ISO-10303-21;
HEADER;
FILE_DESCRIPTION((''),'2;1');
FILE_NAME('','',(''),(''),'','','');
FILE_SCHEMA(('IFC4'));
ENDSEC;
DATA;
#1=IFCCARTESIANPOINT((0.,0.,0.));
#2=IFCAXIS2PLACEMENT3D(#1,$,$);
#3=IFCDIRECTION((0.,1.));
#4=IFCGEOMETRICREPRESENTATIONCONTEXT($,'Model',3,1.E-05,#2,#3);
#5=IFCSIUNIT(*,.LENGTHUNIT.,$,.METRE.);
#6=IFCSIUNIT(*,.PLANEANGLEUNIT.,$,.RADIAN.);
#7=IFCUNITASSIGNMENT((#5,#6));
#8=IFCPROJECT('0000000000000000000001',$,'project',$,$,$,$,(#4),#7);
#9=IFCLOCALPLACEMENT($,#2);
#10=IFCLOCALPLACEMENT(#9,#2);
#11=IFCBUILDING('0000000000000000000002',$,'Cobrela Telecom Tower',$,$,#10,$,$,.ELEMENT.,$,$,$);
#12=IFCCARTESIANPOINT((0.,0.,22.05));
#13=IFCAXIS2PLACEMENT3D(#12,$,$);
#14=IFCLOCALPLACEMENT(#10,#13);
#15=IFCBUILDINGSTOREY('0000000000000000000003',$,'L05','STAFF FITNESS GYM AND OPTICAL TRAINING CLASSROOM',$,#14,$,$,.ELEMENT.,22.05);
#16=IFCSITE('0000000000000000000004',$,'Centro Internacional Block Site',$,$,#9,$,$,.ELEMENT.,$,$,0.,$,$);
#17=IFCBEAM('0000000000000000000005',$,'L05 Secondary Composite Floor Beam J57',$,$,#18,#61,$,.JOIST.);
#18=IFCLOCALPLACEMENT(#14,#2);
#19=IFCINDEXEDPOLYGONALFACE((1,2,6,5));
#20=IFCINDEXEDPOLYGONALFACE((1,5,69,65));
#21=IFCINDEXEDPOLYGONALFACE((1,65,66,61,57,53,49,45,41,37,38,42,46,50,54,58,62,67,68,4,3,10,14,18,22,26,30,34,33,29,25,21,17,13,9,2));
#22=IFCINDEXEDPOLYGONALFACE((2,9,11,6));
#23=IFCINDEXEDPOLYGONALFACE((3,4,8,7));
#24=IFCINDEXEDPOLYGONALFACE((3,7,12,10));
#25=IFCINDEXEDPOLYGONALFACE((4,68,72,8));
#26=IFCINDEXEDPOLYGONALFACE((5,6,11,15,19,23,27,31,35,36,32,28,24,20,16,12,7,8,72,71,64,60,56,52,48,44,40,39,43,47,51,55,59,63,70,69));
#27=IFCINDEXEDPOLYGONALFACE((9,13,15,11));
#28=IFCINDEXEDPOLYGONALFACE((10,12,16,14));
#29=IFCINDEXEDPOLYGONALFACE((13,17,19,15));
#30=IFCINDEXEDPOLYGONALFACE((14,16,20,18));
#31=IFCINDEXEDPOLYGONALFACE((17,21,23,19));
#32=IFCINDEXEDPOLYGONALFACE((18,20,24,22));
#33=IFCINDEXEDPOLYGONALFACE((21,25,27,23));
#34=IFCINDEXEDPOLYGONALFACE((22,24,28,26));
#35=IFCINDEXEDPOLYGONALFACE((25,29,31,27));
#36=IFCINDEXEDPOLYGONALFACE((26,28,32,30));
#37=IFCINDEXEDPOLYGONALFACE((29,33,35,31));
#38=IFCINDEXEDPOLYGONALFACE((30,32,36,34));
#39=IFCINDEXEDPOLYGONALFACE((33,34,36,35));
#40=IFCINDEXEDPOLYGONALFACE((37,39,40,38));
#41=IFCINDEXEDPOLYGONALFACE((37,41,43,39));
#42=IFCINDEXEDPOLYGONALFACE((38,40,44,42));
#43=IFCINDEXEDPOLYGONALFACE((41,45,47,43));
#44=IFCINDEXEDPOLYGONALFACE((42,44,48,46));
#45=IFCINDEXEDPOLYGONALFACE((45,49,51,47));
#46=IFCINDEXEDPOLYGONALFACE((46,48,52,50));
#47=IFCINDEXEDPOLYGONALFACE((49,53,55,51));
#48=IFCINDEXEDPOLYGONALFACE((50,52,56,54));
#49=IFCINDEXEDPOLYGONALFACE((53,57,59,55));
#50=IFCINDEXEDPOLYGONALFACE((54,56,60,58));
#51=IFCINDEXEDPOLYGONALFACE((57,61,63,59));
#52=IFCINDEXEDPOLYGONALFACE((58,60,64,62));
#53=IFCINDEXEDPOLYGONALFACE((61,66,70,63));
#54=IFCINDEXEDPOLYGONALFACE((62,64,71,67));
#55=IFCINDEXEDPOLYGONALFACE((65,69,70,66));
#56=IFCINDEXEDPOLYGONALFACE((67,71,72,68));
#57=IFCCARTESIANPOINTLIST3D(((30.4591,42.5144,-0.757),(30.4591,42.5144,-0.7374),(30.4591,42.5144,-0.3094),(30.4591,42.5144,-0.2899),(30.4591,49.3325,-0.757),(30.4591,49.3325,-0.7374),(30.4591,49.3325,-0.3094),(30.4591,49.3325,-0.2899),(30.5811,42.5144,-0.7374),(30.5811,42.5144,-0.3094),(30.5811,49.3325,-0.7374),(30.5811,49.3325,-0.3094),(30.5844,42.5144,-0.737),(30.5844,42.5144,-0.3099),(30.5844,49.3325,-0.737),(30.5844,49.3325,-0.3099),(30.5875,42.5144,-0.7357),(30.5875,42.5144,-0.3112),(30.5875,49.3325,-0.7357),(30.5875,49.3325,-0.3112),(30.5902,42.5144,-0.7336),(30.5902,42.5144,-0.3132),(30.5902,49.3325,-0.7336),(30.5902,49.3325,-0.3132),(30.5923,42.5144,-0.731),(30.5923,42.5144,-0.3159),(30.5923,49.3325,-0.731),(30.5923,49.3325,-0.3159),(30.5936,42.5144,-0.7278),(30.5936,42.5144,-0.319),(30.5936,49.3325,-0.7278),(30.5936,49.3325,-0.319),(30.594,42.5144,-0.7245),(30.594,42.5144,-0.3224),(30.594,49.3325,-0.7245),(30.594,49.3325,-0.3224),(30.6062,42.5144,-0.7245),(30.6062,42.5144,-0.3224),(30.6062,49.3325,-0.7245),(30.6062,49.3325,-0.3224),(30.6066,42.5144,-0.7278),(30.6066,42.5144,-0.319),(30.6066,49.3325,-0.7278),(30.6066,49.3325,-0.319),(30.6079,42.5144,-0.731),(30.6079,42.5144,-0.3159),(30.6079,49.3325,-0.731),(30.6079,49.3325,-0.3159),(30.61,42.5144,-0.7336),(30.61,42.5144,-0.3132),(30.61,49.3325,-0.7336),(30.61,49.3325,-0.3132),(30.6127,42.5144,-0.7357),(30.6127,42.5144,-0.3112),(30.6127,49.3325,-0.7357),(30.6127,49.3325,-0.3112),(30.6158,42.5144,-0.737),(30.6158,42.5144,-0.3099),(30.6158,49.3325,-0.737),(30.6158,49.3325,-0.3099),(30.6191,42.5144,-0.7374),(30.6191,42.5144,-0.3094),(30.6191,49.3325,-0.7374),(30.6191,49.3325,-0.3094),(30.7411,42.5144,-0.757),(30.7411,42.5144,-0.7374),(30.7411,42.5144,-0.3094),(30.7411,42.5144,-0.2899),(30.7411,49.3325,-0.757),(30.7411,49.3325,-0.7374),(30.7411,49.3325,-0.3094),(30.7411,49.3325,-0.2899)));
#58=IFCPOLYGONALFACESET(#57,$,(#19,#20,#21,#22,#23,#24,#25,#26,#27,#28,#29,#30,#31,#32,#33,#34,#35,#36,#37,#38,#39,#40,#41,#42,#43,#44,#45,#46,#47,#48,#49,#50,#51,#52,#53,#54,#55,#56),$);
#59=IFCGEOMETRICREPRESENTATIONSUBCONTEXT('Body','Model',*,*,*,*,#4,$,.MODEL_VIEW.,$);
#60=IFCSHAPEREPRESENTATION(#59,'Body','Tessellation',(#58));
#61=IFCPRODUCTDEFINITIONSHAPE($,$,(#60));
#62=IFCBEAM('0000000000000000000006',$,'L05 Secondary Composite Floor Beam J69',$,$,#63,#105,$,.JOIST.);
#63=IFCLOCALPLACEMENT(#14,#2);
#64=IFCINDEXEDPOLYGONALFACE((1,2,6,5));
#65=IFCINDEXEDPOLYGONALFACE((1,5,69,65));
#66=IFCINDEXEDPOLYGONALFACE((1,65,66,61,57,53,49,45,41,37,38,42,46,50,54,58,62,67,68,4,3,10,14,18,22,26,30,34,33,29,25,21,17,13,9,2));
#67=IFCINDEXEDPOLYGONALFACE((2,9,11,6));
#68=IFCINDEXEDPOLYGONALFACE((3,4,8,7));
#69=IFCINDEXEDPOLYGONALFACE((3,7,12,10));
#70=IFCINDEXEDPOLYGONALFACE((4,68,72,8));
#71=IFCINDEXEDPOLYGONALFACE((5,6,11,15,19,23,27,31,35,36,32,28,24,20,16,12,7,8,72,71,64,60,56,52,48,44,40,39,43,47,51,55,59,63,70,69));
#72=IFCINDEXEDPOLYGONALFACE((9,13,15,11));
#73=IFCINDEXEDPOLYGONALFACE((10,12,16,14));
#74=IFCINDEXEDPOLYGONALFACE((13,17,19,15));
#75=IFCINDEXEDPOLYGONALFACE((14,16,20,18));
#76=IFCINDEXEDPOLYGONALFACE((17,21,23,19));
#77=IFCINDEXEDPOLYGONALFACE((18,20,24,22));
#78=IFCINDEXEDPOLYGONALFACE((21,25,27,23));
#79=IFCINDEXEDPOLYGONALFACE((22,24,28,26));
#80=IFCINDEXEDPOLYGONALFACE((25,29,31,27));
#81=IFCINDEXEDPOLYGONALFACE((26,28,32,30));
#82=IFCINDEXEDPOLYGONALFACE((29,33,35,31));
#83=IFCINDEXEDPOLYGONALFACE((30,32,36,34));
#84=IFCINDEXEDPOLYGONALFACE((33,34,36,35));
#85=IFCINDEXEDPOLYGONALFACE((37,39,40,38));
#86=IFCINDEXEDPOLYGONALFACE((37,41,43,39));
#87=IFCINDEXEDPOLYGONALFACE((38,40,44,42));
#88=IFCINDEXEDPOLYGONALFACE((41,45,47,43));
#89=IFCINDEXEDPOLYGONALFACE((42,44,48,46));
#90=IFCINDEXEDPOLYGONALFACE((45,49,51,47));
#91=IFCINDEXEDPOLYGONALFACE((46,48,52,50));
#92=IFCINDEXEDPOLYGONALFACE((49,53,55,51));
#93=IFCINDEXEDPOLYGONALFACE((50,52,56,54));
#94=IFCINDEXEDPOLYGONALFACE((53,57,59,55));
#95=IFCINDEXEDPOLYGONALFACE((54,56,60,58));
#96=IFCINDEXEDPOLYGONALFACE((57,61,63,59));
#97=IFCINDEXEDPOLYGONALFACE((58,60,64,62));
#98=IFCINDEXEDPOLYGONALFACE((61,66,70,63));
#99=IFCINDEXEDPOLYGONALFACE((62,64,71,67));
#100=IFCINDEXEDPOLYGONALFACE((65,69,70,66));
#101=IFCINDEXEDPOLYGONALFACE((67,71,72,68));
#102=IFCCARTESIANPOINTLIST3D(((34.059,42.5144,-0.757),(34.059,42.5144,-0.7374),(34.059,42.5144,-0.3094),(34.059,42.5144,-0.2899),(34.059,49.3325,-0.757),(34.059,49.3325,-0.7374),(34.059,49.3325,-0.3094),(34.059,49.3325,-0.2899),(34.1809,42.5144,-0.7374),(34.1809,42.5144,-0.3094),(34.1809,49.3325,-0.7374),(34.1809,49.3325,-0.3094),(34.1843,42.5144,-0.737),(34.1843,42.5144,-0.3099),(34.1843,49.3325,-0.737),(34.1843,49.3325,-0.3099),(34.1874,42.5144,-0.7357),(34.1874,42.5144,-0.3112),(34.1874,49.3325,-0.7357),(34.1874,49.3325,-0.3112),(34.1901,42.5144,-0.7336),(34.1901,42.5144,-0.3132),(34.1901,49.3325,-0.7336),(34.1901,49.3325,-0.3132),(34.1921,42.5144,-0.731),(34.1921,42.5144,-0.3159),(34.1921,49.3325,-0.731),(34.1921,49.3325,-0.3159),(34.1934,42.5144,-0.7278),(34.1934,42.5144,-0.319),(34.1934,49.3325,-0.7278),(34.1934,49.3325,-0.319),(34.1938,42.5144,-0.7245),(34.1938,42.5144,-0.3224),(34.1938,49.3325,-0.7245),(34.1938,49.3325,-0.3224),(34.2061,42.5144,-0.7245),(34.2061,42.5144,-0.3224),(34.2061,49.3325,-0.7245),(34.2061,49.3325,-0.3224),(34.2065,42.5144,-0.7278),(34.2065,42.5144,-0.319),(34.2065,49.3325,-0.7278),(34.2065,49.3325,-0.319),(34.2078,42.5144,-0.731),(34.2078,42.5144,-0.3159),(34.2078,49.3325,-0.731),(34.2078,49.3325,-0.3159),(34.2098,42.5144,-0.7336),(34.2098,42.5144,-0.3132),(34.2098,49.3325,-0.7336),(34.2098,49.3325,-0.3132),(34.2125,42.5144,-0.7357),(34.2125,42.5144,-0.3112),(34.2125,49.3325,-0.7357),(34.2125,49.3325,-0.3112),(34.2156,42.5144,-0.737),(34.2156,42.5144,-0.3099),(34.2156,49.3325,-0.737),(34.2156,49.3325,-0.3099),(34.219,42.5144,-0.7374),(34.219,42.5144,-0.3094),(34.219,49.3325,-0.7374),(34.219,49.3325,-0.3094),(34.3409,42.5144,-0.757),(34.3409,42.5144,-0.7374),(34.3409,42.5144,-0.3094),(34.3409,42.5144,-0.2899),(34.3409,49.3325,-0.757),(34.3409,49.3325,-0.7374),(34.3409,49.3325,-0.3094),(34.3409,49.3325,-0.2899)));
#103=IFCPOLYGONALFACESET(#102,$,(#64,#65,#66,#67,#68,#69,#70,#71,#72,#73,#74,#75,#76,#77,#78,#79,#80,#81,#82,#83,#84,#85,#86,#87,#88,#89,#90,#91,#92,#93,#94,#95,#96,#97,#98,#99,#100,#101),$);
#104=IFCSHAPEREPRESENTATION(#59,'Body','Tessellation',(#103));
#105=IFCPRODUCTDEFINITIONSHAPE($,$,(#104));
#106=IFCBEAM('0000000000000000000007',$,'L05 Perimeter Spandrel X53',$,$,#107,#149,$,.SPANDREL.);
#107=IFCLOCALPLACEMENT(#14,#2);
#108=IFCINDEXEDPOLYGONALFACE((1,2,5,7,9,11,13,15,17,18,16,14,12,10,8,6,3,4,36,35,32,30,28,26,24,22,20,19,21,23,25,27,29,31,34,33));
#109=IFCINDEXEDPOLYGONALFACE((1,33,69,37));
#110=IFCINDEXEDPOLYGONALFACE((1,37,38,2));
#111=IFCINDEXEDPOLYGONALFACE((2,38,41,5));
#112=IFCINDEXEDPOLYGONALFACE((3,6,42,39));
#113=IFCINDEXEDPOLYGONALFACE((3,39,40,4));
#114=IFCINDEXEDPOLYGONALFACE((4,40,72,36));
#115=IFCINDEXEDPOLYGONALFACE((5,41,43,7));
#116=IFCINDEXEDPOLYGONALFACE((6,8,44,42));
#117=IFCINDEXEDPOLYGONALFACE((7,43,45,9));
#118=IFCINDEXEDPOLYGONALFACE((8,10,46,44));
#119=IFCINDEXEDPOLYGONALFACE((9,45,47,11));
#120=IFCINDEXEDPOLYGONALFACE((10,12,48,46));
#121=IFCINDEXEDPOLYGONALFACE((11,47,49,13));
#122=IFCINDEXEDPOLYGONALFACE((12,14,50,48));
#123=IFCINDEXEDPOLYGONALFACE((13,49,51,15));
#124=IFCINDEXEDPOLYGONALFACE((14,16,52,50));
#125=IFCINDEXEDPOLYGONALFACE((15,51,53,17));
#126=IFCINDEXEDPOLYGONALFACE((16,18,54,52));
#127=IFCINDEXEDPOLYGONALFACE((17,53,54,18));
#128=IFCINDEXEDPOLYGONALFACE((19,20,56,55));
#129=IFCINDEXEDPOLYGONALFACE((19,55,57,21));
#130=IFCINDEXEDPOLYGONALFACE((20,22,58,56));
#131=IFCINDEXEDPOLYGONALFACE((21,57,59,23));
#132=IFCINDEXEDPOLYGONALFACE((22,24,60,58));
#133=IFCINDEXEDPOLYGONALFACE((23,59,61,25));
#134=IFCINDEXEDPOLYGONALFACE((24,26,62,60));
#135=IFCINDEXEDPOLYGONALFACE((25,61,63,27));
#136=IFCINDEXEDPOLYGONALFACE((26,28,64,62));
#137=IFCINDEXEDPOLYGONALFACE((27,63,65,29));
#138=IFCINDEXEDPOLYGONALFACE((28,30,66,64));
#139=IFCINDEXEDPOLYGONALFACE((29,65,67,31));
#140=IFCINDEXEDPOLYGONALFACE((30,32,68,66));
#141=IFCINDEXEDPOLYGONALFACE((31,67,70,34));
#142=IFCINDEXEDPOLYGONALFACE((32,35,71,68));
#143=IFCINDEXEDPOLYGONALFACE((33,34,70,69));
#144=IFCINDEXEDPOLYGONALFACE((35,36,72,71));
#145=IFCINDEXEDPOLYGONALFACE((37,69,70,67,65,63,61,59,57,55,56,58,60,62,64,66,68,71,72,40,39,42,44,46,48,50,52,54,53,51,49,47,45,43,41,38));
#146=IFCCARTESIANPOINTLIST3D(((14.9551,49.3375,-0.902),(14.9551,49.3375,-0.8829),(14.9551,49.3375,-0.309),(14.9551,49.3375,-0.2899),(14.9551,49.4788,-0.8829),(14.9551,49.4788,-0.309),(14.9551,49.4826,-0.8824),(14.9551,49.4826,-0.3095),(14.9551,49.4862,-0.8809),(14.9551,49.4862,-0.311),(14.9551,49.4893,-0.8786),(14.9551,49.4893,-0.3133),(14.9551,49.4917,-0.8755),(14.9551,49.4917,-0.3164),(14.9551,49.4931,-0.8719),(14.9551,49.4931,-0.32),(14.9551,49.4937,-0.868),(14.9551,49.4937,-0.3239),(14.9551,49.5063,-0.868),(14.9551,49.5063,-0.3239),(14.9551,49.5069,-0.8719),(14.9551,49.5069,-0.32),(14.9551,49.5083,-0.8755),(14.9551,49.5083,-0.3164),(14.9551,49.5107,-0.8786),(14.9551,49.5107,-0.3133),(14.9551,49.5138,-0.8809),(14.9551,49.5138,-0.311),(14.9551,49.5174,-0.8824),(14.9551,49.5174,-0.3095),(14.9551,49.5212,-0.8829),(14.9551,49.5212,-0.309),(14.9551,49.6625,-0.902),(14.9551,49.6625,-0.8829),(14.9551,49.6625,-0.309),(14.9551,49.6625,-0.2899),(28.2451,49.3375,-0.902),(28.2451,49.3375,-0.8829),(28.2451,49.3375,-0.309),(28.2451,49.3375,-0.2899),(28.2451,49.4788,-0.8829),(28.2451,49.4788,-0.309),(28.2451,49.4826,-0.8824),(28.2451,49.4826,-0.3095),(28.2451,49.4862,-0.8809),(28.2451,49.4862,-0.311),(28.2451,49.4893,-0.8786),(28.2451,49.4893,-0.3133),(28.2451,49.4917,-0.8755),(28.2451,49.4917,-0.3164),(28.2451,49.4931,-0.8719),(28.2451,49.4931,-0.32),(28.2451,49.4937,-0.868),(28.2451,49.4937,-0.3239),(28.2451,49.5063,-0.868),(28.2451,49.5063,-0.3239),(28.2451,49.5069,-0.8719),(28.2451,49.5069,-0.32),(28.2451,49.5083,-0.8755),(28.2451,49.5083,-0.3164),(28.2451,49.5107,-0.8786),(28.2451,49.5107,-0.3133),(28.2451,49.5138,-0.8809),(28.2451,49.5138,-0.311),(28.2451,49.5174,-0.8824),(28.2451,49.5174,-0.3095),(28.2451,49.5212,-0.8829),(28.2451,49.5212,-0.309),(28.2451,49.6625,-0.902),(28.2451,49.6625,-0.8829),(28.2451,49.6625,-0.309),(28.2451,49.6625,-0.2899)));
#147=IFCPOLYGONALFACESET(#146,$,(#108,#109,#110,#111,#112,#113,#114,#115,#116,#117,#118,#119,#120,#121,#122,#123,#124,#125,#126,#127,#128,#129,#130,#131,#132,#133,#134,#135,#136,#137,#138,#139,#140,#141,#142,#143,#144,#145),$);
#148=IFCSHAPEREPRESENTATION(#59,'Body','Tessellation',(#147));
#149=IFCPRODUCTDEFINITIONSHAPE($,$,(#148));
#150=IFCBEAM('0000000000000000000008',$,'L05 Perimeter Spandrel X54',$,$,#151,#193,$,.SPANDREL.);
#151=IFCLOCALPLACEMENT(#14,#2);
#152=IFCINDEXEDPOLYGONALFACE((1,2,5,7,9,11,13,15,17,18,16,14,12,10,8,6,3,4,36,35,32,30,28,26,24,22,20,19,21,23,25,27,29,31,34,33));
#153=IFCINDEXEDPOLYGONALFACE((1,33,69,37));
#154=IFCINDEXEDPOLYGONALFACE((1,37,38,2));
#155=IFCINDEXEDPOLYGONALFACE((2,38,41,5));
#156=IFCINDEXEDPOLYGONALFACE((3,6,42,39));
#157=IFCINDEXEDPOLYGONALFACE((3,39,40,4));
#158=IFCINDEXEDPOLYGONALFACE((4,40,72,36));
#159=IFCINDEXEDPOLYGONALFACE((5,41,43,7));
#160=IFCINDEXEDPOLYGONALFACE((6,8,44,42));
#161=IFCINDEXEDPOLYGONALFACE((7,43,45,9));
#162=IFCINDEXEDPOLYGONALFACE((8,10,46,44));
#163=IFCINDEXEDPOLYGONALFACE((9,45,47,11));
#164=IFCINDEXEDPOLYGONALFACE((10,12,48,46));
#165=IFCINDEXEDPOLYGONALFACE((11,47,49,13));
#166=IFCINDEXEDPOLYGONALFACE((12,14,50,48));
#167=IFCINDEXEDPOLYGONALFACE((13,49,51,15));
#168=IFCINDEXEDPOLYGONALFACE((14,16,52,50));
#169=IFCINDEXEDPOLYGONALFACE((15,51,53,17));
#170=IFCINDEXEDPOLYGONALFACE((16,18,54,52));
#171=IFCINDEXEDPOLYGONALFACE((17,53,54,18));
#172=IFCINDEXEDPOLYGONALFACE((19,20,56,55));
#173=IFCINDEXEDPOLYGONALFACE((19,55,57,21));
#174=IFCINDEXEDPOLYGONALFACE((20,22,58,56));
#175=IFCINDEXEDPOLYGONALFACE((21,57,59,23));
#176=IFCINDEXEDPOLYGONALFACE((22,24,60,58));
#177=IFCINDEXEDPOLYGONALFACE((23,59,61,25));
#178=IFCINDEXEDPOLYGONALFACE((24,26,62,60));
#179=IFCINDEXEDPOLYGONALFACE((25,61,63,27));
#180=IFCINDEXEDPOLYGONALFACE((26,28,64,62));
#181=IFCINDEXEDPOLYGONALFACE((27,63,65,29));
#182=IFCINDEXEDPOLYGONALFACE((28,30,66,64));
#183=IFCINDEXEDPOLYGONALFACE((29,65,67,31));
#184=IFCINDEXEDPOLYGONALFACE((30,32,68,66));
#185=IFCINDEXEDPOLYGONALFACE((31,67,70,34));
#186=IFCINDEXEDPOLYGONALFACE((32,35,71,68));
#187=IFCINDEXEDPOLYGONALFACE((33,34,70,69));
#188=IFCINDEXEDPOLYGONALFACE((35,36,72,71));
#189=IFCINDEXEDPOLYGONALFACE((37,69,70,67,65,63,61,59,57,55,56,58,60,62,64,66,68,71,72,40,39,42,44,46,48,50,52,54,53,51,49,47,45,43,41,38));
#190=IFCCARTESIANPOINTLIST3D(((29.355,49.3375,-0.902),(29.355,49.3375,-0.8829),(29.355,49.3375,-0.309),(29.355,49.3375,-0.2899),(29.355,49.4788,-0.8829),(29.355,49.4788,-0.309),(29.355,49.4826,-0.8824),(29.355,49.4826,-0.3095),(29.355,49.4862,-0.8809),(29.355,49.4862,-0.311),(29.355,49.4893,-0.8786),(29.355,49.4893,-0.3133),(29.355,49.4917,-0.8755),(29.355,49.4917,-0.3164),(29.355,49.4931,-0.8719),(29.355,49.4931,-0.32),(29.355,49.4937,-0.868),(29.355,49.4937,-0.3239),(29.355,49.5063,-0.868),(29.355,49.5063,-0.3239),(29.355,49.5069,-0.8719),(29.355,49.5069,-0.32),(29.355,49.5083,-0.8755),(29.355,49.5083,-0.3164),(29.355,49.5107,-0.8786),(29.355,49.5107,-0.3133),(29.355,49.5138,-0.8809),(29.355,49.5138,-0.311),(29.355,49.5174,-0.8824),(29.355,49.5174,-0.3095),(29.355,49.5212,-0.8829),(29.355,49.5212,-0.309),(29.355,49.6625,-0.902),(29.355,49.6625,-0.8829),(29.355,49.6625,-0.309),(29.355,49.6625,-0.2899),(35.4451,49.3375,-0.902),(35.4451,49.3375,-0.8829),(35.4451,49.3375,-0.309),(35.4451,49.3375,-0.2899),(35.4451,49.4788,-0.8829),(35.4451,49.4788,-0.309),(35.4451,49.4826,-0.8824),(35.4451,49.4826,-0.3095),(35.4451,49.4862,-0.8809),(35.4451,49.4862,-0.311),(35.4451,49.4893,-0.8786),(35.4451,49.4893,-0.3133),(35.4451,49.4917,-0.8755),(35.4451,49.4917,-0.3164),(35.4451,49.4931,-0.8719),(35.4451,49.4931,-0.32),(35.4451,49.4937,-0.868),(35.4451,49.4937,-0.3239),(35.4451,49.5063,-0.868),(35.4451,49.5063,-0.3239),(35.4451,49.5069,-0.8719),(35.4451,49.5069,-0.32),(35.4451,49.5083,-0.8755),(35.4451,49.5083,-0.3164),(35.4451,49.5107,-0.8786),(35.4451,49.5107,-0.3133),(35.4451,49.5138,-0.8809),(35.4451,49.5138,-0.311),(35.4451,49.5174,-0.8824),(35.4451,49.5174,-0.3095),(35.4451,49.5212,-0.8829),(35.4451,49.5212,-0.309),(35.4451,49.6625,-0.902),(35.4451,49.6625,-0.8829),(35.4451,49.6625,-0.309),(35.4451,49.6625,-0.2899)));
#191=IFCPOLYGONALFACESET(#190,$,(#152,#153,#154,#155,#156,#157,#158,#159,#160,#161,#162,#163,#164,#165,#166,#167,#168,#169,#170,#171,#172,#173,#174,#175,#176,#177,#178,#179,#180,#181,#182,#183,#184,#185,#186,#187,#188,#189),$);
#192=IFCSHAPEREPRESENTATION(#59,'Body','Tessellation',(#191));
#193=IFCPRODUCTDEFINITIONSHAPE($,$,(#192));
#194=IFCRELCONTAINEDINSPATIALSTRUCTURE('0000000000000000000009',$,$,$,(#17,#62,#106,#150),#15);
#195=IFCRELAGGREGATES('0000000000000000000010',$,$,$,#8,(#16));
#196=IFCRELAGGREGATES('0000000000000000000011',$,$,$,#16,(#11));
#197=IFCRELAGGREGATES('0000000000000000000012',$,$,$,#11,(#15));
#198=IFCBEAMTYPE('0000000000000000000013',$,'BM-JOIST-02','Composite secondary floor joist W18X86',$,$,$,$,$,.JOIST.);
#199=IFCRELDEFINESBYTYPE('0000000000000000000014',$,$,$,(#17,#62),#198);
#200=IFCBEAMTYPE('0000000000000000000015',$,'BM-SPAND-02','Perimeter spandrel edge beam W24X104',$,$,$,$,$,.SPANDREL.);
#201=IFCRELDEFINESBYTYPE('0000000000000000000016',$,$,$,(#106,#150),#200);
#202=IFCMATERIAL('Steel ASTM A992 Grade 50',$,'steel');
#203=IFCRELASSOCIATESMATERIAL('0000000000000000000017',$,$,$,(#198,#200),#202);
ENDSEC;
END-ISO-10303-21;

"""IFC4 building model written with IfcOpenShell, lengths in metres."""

from ifc_helpers import new_model, si_unit, direction, frame, origin, origin_2d, place, context, subcontext, project, spatial, i_section, extrude, material, material_profile, profile_set, type_object, element, save


model = new_model("IFC4")

# Units and contexts
model_context = context("Model", 3, precision=1e-05, world=origin(), true_north=direction((0.0, 1.0)))
body_context = subcontext(model_context, "Body", "Model", "MODEL_VIEW")
ifc_project = project(units=[si_unit("LENGTHUNIT", "METRE"), si_unit("PLANEANGLEUNIT", "RADIAN")], contexts=[model_context])

# Site, building, storey
site_placement = place(None, origin())
site = spatial("IfcSite", under=ifc_project, at=site_placement, Name="Centro Internacional Block Site", CompositionType="ELEMENT", RefElevation=0.0)
building_placement = place(site_placement, origin())
building = spatial("IfcBuilding", under=site, at=building_placement, Name="Cobrela Telecom Tower", CompositionType="ELEMENT")
storey_placement = place(building_placement, frame((0.0, 0.0, 22.05)))
storey = spatial("IfcBuildingStorey", under=building, at=storey_placement, Name="L05", Description="STAFF FITNESS GYM AND OPTICAL TRAINING CLASSROOM", CompositionType="ELEMENT", Elevation=22.05)

# Beams
ifc_material_1 = material(Name="Steel ASTM A992 Grade 50", Category="steel")
ifc_material_profile_1 = material_profile(ifc_material_1, i_section(OverallWidth=0.282, OverallDepth=0.467, WebThickness=0.0122, FlangeThickness=0.0195, FilletRadius=0.0129, at=origin_2d()), Name="W18X86")
ifc_profile_set_1 = profile_set([ifc_material_profile_1], Name="Steel ASTM A992 Grade 50")
beam_type_1 = type_object("IfcBeamType", Name="BM-JOIST-02", Description="Composite secondary floor joist W18X86", PredefinedType="JOIST", material=ifc_profile_set_1)
for number, where, z_axis, x_axis, name in (
    (1, (30.6001, 42.5144, -0.5234), (0.0, 1.0, 0.0), (-1.0, 0.0, 0.0), "L05 Secondary Composite Floor Beam J57"),
    (2, (34.2, 42.5144, -0.5234), (0.0, 1.0, 0.0), (-1.0, 0.0, 0.0), "L05 Secondary Composite Floor Beam J69"),
):
    element("IfcBeam", number, at=place(storey_placement, frame(where, z_axis=z_axis, x_axis=x_axis)), inside=storey, type_object=beam_type_1, Name=name, PredefinedType="JOIST", context=body_context, shape_type="SweptSolid", body=[
        extrude(i_section(OverallWidth=0.282, OverallDepth=0.467, WebThickness=0.0122, FlangeThickness=0.0195, FilletRadius=0.0129, at=origin_2d()), origin(), (0.0, 0.0, 1.0), 6.8181),
    ])
ifc_material_profile_2 = material_profile(ifc_material_1, i_section(OverallWidth=0.325, OverallDepth=0.6121, WebThickness=0.0127, FlangeThickness=0.019, FilletRadius=0.0149, at=origin_2d()), Name="W24X104")
ifc_profile_set_2 = profile_set([ifc_material_profile_2], Name="Steel ASTM A992 Grade 50")
beam_type_2 = type_object("IfcBeamType", Name="BM-SPAND-02", Description="Perimeter spandrel edge beam W24X104", PredefinedType="SPANDREL", material=ifc_profile_set_2)
beam_1_placement = place(storey_placement, frame((14.9551, 49.5, -0.5959), z_axis=(1.0, 0.0, 0.0), x_axis=(0.0, 1.0, 0.0)))
element("IfcBeam", 3, at=beam_1_placement, inside=storey, type_object=beam_type_2, Name="L05 Perimeter Spandrel X53", PredefinedType="SPANDREL", context=body_context, shape_type="SweptSolid", body=[
    extrude(i_section(OverallWidth=0.325, OverallDepth=0.6121, WebThickness=0.0127, FlangeThickness=0.019, FilletRadius=0.0149, at=origin_2d()), origin(), (0.0, 0.0, 1.0), 13.29),
])
beam_2_placement = place(storey_placement, frame((29.355, 49.5, -0.5959), z_axis=(1.0, 0.0, 0.0), x_axis=(0.0, 1.0, 0.0)))
element("IfcBeam", 4, at=beam_2_placement, inside=storey, type_object=beam_type_2, Name="L05 Perimeter Spandrel X54", PredefinedType="SPANDREL", context=body_context, shape_type="SweptSolid", body=[
    extrude(i_section(OverallWidth=0.325, OverallDepth=0.6121, WebThickness=0.0127, FlangeThickness=0.019, FilletRadius=0.0149, at=origin_2d()), origin(), (0.0, 0.0, 1.0), 6.0901),
])

save(model, "model.ifc")
